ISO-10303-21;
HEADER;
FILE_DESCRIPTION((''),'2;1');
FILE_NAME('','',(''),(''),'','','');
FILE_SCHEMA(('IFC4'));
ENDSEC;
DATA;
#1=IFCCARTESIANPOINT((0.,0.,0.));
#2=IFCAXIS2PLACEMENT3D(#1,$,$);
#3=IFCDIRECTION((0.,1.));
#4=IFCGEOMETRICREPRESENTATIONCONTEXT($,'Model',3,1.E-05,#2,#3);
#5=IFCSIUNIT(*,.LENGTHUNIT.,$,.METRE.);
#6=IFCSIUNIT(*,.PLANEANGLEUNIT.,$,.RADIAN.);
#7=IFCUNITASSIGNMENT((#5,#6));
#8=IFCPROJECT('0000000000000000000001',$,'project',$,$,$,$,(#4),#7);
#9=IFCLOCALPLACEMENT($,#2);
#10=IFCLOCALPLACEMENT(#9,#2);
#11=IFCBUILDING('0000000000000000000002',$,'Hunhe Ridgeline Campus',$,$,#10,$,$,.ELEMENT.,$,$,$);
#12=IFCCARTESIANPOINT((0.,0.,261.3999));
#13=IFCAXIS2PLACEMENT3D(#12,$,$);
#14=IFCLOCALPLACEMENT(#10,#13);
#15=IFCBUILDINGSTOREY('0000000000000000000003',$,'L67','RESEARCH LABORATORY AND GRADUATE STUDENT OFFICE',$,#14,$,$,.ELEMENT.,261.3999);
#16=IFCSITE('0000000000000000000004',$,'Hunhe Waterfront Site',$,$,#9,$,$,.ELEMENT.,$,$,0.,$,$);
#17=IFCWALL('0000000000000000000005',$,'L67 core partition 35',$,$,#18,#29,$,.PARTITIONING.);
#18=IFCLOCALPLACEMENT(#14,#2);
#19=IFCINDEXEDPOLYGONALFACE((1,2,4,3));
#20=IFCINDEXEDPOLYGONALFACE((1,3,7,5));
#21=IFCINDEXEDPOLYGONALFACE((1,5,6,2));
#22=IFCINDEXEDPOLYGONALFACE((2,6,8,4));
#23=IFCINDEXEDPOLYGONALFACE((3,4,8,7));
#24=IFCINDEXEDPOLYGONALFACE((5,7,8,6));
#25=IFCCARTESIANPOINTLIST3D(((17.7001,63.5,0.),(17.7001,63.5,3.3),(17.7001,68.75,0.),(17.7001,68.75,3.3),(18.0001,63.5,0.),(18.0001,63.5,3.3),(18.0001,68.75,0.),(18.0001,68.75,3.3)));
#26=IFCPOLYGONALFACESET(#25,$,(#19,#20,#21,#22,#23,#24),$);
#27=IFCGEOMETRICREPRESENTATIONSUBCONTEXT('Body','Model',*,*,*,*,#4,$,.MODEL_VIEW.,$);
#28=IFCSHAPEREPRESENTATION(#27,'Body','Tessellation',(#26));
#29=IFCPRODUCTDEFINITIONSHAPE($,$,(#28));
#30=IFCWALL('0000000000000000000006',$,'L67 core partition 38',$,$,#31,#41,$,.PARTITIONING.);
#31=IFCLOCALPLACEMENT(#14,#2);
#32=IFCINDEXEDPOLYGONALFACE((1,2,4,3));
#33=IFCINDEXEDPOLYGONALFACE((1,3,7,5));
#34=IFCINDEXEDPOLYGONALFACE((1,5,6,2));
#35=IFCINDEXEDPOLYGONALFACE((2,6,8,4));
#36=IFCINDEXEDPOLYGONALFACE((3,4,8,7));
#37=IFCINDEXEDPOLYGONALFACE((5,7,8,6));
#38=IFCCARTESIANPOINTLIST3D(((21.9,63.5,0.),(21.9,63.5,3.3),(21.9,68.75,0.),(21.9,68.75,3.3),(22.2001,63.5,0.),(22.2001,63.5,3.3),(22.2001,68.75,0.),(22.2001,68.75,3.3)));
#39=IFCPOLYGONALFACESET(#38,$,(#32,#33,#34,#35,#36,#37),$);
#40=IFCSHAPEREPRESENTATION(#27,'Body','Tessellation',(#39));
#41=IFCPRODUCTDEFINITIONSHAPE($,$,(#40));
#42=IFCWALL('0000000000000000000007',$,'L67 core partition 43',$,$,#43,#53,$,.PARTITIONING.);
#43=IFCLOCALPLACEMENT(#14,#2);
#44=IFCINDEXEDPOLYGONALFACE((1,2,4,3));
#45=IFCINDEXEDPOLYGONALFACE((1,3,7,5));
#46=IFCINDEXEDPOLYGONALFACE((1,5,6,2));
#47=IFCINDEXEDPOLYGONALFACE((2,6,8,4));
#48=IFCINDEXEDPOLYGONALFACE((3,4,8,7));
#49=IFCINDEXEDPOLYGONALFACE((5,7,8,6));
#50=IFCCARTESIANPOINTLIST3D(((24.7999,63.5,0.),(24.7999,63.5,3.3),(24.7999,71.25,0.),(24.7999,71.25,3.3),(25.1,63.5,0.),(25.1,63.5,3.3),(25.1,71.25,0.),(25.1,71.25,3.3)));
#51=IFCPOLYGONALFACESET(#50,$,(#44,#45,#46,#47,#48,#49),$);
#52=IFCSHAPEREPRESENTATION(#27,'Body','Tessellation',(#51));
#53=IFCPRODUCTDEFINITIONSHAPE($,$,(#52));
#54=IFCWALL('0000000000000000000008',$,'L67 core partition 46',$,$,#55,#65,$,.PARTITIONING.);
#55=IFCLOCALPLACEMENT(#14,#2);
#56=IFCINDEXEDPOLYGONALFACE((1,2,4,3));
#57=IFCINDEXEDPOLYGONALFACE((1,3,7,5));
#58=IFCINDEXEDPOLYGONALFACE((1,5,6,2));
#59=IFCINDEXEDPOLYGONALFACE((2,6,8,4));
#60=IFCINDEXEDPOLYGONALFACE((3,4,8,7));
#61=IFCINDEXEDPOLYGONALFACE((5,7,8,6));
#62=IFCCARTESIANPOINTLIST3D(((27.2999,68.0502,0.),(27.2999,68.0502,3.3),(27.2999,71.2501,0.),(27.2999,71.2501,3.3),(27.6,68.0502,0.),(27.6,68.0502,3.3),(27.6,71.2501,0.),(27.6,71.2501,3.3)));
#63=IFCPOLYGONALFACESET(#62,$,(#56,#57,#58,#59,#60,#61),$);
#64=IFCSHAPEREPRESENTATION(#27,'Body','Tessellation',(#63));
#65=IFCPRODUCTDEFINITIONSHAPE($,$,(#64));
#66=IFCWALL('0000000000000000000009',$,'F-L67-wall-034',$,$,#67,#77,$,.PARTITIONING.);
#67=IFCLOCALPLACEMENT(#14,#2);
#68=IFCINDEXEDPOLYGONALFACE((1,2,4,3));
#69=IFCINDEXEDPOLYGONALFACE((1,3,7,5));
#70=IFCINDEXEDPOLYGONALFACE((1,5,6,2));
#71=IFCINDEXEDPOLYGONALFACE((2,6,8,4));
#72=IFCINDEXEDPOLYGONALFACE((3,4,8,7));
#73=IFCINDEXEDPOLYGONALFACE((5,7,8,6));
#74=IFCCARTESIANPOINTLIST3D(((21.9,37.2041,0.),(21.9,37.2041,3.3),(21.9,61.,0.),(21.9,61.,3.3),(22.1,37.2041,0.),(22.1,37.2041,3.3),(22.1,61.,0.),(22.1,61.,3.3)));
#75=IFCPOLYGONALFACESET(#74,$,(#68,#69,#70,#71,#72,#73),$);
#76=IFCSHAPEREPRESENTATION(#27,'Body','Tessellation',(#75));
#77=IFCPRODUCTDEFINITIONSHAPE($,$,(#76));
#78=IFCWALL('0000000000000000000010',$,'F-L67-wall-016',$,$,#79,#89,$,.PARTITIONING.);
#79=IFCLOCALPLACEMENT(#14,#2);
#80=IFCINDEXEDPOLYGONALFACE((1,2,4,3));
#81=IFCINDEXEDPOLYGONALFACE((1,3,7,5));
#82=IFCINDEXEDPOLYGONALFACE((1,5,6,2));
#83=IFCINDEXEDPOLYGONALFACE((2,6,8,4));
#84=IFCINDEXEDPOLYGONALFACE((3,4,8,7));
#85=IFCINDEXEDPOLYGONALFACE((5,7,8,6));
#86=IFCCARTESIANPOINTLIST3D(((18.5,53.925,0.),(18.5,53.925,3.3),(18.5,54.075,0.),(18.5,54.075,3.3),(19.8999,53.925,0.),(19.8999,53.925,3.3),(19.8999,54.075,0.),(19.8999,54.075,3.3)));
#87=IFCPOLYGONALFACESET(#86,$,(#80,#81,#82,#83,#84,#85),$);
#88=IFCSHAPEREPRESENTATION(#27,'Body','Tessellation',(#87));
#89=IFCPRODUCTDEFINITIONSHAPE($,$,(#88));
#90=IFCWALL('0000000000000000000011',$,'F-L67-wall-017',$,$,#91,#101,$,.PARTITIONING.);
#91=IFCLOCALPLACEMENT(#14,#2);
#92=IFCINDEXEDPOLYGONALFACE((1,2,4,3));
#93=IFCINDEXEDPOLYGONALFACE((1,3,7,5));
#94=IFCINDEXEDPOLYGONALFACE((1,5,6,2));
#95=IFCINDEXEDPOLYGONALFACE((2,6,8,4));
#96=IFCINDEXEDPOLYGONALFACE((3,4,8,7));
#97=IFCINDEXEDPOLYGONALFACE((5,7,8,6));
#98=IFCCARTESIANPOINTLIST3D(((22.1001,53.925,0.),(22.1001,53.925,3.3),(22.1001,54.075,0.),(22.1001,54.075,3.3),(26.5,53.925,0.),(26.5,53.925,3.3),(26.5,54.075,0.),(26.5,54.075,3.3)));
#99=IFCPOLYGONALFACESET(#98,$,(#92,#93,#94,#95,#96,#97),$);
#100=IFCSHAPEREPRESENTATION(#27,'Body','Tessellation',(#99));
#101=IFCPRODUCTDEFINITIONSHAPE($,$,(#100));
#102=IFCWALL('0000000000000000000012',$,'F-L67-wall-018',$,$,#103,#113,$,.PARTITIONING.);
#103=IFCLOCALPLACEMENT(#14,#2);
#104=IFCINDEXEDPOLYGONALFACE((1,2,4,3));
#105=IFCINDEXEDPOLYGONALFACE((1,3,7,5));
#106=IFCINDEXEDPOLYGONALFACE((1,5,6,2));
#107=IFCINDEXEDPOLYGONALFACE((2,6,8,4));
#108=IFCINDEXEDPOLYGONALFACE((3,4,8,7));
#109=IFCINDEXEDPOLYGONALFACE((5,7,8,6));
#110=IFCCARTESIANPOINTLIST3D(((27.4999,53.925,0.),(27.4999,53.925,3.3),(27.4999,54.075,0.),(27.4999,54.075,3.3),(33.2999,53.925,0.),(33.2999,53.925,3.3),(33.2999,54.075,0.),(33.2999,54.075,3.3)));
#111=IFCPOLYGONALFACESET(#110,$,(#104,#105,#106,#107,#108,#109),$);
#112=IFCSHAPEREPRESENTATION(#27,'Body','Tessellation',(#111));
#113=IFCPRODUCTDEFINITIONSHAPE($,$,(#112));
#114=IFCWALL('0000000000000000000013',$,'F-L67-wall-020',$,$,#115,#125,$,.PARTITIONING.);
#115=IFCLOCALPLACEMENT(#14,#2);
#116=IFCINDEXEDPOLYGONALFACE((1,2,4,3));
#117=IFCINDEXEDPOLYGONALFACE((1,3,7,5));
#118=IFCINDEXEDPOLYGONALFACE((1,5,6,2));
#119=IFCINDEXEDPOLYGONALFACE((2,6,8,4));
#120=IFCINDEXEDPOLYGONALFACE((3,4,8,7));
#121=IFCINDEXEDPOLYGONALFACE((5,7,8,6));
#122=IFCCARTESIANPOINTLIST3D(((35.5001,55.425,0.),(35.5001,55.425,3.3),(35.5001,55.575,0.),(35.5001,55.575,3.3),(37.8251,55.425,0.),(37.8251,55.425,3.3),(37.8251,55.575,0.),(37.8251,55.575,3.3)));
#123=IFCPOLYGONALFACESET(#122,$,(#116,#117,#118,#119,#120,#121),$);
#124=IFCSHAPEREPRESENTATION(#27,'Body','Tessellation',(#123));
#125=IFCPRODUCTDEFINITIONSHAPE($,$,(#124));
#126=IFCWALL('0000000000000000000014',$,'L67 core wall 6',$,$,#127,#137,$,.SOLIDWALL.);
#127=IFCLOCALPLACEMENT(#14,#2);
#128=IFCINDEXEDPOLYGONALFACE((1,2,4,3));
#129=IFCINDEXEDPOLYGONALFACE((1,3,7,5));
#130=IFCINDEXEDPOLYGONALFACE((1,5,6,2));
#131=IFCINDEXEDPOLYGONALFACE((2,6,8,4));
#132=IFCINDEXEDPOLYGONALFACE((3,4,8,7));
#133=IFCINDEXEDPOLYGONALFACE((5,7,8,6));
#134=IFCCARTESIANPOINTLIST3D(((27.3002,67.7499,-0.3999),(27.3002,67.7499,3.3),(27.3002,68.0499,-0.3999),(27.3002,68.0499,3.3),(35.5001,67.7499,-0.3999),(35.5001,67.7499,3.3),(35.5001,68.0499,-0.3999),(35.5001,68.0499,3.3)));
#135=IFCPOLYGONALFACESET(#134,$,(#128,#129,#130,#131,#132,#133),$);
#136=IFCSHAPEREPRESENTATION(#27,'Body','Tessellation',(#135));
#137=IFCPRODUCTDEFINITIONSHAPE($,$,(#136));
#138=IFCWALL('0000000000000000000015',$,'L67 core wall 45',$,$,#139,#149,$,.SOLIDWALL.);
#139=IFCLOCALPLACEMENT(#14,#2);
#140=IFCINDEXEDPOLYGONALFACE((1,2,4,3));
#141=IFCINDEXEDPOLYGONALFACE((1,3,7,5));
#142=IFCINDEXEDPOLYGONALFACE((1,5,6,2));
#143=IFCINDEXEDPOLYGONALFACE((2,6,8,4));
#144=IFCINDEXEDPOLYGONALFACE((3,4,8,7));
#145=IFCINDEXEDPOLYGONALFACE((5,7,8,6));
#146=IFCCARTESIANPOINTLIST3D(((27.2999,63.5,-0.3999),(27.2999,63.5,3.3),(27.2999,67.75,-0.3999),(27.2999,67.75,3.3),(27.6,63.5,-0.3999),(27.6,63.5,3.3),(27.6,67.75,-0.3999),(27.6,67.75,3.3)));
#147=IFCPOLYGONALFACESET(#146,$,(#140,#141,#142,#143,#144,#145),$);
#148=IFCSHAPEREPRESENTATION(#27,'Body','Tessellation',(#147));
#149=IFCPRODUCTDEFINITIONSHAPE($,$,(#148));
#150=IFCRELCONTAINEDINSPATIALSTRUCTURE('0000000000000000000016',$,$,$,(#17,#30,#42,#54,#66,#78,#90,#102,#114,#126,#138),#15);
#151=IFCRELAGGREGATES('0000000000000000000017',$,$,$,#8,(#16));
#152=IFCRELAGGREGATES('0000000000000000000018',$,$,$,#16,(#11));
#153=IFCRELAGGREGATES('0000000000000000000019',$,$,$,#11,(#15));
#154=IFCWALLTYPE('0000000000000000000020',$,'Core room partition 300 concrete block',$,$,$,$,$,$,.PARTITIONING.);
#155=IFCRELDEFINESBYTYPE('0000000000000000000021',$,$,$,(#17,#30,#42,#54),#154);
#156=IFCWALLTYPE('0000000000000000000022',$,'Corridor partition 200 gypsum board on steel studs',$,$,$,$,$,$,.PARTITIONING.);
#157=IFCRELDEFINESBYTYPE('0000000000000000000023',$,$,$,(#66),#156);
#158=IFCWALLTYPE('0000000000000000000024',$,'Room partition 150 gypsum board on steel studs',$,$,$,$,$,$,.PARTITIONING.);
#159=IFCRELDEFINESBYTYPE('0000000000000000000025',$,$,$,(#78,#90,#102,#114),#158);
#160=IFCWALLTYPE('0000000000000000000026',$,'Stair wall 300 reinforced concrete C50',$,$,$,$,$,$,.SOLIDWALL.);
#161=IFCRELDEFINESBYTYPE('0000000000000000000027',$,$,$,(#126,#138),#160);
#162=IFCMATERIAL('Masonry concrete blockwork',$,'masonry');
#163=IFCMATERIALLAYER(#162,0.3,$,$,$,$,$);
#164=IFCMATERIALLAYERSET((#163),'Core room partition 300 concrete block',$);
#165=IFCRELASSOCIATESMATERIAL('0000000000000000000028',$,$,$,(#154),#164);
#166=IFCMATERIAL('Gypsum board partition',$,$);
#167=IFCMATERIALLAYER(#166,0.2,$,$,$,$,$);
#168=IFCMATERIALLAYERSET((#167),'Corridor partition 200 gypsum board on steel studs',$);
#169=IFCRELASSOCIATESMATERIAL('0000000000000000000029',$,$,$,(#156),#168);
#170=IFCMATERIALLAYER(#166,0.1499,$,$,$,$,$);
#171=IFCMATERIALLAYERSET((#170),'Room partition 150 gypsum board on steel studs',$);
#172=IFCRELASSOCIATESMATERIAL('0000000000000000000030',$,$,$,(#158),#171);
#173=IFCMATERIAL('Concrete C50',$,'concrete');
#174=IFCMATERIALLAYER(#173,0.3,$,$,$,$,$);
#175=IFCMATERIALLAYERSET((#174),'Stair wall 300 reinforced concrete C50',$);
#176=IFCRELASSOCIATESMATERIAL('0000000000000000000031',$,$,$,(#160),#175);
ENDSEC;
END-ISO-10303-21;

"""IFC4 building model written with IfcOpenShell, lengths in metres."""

from ifc_helpers import new_model, si_unit, direction, frame, frame_2d, origin, place, context, subcontext, project, spatial, rectangle, extrude, material, layer, layer_set, type_object, element, save


model = new_model("IFC4")

# Units and contexts
model_context = context("Model", 3, precision=1e-05, world=origin(), true_north=direction((0.0, 1.0)))
body_context = subcontext(model_context, "Body", "Model", "MODEL_VIEW")
ifc_project = project(units=[si_unit("LENGTHUNIT", "METRE"), si_unit("PLANEANGLEUNIT", "RADIAN")], contexts=[model_context])

# Site, building, storey
site_placement = place(None, origin())
site = spatial("IfcSite", under=ifc_project, at=site_placement, Name="Hunhe Waterfront Site", CompositionType="ELEMENT", RefElevation=0.0)
building_placement = place(site_placement, origin())
building = spatial("IfcBuilding", under=site, at=building_placement, Name="Hunhe Ridgeline Campus", CompositionType="ELEMENT")
storey_placement = place(building_placement, frame((0.0, 0.0, 261.3999)))
storey = spatial("IfcBuildingStorey", under=building, at=storey_placement, Name="L67", Description="RESEARCH LABORATORY AND GRADUATE STUDENT OFFICE", CompositionType="ELEMENT", Elevation=261.3999)

# Walls
ifc_material_1 = material(Name="Masonry concrete blockwork", Category="masonry")
ifc_layer_1 = layer(ifc_material_1, 0.3)
ifc_layer_set_1 = layer_set([ifc_layer_1], Name="Core room partition 300 concrete block")
wall_type_1 = type_object("IfcWallType", Name="Core room partition 300 concrete block", PredefinedType="PARTITIONING", material=ifc_layer_set_1)
for number, where, z_axis, x_axis, name in (
    (1, (17.8501, 63.5, 0.0), (0.0, 0.0, 1.0), (0.0, 1.0, 0.0), "L67 core partition 35"),
    (2, (22.05, 63.5, 0.0), (0.0, 0.0, 1.0), (0.0, 1.0, 0.0), "L67 core partition 38"),
):
    element("IfcWall", number, at=place(storey_placement, frame(where, z_axis=z_axis, x_axis=x_axis)), inside=storey, type_object=wall_type_1, Name=name, PredefinedType="PARTITIONING", context=body_context, shape_type="SweptSolid", body=[
        extrude(rectangle(XDim=5.25, YDim=0.3, at=frame_2d((2.625, 0.0))), origin(), (0.0, 0.0, 1.0), 3.3),
    ])
wall_1_placement = place(storey_placement, frame((24.95, 63.5, 0.0), z_axis=(0.0, 0.0, 1.0), x_axis=(0.0, 1.0, 0.0)))
element("IfcWall", 3, at=wall_1_placement, inside=storey, type_object=wall_type_1, Name="L67 core partition 43", PredefinedType="PARTITIONING", context=body_context, shape_type="SweptSolid", body=[
    extrude(rectangle(XDim=7.75, YDim=0.3, at=frame_2d((3.875, 0.0))), origin(), (0.0, 0.0, 1.0), 3.3),
])
wall_2_placement = place(storey_placement, frame((27.45, 68.05, 0.0), z_axis=(0.0, 0.0, 1.0), x_axis=(0.0, 1.0, 0.0)))
element("IfcWall", 4, at=wall_2_placement, inside=storey, type_object=wall_type_1, Name="L67 core partition 46", PredefinedType="PARTITIONING", context=body_context, shape_type="SweptSolid", body=[
    extrude(rectangle(XDim=3.2, YDim=0.3, at=frame_2d((1.6001, 0.0))), origin(), (0.0, 0.0, 1.0), 3.3),
])

# Shared definitions
ifc_material_2 = material(Name="Gypsum board partition")
ifc_layer_2 = layer(ifc_material_2, 0.2)
ifc_layer_set_2 = layer_set([ifc_layer_2], Name="Corridor partition 200 gypsum board on steel studs")
wall_type_2 = type_object("IfcWallType", Name="Corridor partition 200 gypsum board on steel studs", PredefinedType="PARTITIONING", material=ifc_layer_set_2)

# Wall
wall_3_placement = place(storey_placement, frame((22.0, 61.0, 0.0), z_axis=(0.0, 0.0, 1.0), x_axis=(0.0, -1.0, 0.0)))
element("IfcWall", 5, at=wall_3_placement, inside=storey, type_object=wall_type_2, Name="F-L67-wall-034", PredefinedType="PARTITIONING", context=body_context, shape_type="SweptSolid", body=[
    extrude(rectangle(XDim=23.7959, YDim=0.2, at=frame_2d((11.8979, 0.0))), origin(), (0.0, 0.0, 1.0), 3.3),
])

# Walls
ifc_layer_3 = layer(ifc_material_2, 0.1499)
ifc_layer_set_3 = layer_set([ifc_layer_3], Name="Room partition 150 gypsum board on steel studs")
wall_type_3 = type_object("IfcWallType", Name="Room partition 150 gypsum board on steel studs", PredefinedType="PARTITIONING", material=ifc_layer_set_3)
wall_4_placement = place(storey_placement, frame((18.5, 54.0, 0.0), z_axis=(0.0, 0.0, 1.0), x_axis=(1.0, 0.0, 0.0)))
element("IfcWall", 6, at=wall_4_placement, inside=storey, type_object=wall_type_3, Name="F-L67-wall-016", PredefinedType="PARTITIONING", context=body_context, shape_type="SweptSolid", body=[
    extrude(rectangle(XDim=1.3999, YDim=0.1499, at=frame_2d((0.7, 0.0))), origin(), (0.0, 0.0, 1.0), 3.3),
])
wall_5_placement = place(storey_placement, frame((22.1001, 54.0, 0.0), z_axis=(0.0, 0.0, 1.0), x_axis=(1.0, 0.0, 0.0)))
element("IfcWall", 7, at=wall_5_placement, inside=storey, type_object=wall_type_3, Name="F-L67-wall-017", PredefinedType="PARTITIONING", context=body_context, shape_type="SweptSolid", body=[
    extrude(rectangle(XDim=4.3999, YDim=0.1499, at=frame_2d((2.2, 0.0))), origin(), (0.0, 0.0, 1.0), 3.3),
])
wall_6_placement = place(storey_placement, frame((27.5, 54.0, 0.0), z_axis=(0.0, 0.0, 1.0), x_axis=(1.0, 0.0, 0.0)))
element("IfcWall", 8, at=wall_6_placement, inside=storey, type_object=wall_type_3, Name="F-L67-wall-018", PredefinedType="PARTITIONING", context=body_context, shape_type="SweptSolid", body=[
    extrude(rectangle(XDim=5.8, YDim=0.1499, at=frame_2d((2.8999, 0.0))), origin(), (0.0, 0.0, 1.0), 3.3),
])
wall_7_placement = place(storey_placement, frame((35.5, 55.5, 0.0), z_axis=(0.0, 0.0, 1.0), x_axis=(1.0, 0.0, 0.0)))
element("IfcWall", 9, at=wall_7_placement, inside=storey, type_object=wall_type_3, Name="F-L67-wall-020", PredefinedType="PARTITIONING", context=body_context, shape_type="SweptSolid", body=[
    extrude(rectangle(XDim=2.325, YDim=0.1499, at=frame_2d((1.1626, 0.0))), origin(), (0.0, 0.0, 1.0), 3.3),
])
ifc_material_3 = material(Name="Concrete C50", Category="concrete")
ifc_layer_4 = layer(ifc_material_3, 0.3)
ifc_layer_set_4 = layer_set([ifc_layer_4], Name="Stair wall 300 reinforced concrete C50")
wall_type_4 = type_object("IfcWallType", Name="Stair wall 300 reinforced concrete C50", PredefinedType="SOLIDWALL", material=ifc_layer_set_4)
wall_8_placement = place(storey_placement, frame((27.3, 67.8999, -0.3999), z_axis=(0.0, 0.0, 1.0), x_axis=(1.0, 0.0, 0.0)))
element("IfcWall", 10, at=wall_8_placement, inside=storey, type_object=wall_type_4, Name="L67 core wall 6", PredefinedType="SOLIDWALL", context=body_context, shape_type="SweptSolid", body=[
    extrude(rectangle(XDim=8.2, YDim=0.3, at=frame_2d((4.1001, 0.0))), origin(), (0.0, 0.0, 1.0), 3.7),
])
wall_9_placement = place(storey_placement, frame((27.45, 63.5, -0.3999), z_axis=(0.0, 0.0, 1.0), x_axis=(0.0, 1.0, 0.0)))
element("IfcWall", 11, at=wall_9_placement, inside=storey, type_object=wall_type_4, Name="L67 core wall 45", PredefinedType="SOLIDWALL", context=body_context, shape_type="SweptSolid", body=[
    extrude(rectangle(XDim=4.25, YDim=0.3, at=frame_2d((2.125, 0.0))), origin(), (0.0, 0.0, 1.0), 3.7),
])

save(model, "model.ifc")
